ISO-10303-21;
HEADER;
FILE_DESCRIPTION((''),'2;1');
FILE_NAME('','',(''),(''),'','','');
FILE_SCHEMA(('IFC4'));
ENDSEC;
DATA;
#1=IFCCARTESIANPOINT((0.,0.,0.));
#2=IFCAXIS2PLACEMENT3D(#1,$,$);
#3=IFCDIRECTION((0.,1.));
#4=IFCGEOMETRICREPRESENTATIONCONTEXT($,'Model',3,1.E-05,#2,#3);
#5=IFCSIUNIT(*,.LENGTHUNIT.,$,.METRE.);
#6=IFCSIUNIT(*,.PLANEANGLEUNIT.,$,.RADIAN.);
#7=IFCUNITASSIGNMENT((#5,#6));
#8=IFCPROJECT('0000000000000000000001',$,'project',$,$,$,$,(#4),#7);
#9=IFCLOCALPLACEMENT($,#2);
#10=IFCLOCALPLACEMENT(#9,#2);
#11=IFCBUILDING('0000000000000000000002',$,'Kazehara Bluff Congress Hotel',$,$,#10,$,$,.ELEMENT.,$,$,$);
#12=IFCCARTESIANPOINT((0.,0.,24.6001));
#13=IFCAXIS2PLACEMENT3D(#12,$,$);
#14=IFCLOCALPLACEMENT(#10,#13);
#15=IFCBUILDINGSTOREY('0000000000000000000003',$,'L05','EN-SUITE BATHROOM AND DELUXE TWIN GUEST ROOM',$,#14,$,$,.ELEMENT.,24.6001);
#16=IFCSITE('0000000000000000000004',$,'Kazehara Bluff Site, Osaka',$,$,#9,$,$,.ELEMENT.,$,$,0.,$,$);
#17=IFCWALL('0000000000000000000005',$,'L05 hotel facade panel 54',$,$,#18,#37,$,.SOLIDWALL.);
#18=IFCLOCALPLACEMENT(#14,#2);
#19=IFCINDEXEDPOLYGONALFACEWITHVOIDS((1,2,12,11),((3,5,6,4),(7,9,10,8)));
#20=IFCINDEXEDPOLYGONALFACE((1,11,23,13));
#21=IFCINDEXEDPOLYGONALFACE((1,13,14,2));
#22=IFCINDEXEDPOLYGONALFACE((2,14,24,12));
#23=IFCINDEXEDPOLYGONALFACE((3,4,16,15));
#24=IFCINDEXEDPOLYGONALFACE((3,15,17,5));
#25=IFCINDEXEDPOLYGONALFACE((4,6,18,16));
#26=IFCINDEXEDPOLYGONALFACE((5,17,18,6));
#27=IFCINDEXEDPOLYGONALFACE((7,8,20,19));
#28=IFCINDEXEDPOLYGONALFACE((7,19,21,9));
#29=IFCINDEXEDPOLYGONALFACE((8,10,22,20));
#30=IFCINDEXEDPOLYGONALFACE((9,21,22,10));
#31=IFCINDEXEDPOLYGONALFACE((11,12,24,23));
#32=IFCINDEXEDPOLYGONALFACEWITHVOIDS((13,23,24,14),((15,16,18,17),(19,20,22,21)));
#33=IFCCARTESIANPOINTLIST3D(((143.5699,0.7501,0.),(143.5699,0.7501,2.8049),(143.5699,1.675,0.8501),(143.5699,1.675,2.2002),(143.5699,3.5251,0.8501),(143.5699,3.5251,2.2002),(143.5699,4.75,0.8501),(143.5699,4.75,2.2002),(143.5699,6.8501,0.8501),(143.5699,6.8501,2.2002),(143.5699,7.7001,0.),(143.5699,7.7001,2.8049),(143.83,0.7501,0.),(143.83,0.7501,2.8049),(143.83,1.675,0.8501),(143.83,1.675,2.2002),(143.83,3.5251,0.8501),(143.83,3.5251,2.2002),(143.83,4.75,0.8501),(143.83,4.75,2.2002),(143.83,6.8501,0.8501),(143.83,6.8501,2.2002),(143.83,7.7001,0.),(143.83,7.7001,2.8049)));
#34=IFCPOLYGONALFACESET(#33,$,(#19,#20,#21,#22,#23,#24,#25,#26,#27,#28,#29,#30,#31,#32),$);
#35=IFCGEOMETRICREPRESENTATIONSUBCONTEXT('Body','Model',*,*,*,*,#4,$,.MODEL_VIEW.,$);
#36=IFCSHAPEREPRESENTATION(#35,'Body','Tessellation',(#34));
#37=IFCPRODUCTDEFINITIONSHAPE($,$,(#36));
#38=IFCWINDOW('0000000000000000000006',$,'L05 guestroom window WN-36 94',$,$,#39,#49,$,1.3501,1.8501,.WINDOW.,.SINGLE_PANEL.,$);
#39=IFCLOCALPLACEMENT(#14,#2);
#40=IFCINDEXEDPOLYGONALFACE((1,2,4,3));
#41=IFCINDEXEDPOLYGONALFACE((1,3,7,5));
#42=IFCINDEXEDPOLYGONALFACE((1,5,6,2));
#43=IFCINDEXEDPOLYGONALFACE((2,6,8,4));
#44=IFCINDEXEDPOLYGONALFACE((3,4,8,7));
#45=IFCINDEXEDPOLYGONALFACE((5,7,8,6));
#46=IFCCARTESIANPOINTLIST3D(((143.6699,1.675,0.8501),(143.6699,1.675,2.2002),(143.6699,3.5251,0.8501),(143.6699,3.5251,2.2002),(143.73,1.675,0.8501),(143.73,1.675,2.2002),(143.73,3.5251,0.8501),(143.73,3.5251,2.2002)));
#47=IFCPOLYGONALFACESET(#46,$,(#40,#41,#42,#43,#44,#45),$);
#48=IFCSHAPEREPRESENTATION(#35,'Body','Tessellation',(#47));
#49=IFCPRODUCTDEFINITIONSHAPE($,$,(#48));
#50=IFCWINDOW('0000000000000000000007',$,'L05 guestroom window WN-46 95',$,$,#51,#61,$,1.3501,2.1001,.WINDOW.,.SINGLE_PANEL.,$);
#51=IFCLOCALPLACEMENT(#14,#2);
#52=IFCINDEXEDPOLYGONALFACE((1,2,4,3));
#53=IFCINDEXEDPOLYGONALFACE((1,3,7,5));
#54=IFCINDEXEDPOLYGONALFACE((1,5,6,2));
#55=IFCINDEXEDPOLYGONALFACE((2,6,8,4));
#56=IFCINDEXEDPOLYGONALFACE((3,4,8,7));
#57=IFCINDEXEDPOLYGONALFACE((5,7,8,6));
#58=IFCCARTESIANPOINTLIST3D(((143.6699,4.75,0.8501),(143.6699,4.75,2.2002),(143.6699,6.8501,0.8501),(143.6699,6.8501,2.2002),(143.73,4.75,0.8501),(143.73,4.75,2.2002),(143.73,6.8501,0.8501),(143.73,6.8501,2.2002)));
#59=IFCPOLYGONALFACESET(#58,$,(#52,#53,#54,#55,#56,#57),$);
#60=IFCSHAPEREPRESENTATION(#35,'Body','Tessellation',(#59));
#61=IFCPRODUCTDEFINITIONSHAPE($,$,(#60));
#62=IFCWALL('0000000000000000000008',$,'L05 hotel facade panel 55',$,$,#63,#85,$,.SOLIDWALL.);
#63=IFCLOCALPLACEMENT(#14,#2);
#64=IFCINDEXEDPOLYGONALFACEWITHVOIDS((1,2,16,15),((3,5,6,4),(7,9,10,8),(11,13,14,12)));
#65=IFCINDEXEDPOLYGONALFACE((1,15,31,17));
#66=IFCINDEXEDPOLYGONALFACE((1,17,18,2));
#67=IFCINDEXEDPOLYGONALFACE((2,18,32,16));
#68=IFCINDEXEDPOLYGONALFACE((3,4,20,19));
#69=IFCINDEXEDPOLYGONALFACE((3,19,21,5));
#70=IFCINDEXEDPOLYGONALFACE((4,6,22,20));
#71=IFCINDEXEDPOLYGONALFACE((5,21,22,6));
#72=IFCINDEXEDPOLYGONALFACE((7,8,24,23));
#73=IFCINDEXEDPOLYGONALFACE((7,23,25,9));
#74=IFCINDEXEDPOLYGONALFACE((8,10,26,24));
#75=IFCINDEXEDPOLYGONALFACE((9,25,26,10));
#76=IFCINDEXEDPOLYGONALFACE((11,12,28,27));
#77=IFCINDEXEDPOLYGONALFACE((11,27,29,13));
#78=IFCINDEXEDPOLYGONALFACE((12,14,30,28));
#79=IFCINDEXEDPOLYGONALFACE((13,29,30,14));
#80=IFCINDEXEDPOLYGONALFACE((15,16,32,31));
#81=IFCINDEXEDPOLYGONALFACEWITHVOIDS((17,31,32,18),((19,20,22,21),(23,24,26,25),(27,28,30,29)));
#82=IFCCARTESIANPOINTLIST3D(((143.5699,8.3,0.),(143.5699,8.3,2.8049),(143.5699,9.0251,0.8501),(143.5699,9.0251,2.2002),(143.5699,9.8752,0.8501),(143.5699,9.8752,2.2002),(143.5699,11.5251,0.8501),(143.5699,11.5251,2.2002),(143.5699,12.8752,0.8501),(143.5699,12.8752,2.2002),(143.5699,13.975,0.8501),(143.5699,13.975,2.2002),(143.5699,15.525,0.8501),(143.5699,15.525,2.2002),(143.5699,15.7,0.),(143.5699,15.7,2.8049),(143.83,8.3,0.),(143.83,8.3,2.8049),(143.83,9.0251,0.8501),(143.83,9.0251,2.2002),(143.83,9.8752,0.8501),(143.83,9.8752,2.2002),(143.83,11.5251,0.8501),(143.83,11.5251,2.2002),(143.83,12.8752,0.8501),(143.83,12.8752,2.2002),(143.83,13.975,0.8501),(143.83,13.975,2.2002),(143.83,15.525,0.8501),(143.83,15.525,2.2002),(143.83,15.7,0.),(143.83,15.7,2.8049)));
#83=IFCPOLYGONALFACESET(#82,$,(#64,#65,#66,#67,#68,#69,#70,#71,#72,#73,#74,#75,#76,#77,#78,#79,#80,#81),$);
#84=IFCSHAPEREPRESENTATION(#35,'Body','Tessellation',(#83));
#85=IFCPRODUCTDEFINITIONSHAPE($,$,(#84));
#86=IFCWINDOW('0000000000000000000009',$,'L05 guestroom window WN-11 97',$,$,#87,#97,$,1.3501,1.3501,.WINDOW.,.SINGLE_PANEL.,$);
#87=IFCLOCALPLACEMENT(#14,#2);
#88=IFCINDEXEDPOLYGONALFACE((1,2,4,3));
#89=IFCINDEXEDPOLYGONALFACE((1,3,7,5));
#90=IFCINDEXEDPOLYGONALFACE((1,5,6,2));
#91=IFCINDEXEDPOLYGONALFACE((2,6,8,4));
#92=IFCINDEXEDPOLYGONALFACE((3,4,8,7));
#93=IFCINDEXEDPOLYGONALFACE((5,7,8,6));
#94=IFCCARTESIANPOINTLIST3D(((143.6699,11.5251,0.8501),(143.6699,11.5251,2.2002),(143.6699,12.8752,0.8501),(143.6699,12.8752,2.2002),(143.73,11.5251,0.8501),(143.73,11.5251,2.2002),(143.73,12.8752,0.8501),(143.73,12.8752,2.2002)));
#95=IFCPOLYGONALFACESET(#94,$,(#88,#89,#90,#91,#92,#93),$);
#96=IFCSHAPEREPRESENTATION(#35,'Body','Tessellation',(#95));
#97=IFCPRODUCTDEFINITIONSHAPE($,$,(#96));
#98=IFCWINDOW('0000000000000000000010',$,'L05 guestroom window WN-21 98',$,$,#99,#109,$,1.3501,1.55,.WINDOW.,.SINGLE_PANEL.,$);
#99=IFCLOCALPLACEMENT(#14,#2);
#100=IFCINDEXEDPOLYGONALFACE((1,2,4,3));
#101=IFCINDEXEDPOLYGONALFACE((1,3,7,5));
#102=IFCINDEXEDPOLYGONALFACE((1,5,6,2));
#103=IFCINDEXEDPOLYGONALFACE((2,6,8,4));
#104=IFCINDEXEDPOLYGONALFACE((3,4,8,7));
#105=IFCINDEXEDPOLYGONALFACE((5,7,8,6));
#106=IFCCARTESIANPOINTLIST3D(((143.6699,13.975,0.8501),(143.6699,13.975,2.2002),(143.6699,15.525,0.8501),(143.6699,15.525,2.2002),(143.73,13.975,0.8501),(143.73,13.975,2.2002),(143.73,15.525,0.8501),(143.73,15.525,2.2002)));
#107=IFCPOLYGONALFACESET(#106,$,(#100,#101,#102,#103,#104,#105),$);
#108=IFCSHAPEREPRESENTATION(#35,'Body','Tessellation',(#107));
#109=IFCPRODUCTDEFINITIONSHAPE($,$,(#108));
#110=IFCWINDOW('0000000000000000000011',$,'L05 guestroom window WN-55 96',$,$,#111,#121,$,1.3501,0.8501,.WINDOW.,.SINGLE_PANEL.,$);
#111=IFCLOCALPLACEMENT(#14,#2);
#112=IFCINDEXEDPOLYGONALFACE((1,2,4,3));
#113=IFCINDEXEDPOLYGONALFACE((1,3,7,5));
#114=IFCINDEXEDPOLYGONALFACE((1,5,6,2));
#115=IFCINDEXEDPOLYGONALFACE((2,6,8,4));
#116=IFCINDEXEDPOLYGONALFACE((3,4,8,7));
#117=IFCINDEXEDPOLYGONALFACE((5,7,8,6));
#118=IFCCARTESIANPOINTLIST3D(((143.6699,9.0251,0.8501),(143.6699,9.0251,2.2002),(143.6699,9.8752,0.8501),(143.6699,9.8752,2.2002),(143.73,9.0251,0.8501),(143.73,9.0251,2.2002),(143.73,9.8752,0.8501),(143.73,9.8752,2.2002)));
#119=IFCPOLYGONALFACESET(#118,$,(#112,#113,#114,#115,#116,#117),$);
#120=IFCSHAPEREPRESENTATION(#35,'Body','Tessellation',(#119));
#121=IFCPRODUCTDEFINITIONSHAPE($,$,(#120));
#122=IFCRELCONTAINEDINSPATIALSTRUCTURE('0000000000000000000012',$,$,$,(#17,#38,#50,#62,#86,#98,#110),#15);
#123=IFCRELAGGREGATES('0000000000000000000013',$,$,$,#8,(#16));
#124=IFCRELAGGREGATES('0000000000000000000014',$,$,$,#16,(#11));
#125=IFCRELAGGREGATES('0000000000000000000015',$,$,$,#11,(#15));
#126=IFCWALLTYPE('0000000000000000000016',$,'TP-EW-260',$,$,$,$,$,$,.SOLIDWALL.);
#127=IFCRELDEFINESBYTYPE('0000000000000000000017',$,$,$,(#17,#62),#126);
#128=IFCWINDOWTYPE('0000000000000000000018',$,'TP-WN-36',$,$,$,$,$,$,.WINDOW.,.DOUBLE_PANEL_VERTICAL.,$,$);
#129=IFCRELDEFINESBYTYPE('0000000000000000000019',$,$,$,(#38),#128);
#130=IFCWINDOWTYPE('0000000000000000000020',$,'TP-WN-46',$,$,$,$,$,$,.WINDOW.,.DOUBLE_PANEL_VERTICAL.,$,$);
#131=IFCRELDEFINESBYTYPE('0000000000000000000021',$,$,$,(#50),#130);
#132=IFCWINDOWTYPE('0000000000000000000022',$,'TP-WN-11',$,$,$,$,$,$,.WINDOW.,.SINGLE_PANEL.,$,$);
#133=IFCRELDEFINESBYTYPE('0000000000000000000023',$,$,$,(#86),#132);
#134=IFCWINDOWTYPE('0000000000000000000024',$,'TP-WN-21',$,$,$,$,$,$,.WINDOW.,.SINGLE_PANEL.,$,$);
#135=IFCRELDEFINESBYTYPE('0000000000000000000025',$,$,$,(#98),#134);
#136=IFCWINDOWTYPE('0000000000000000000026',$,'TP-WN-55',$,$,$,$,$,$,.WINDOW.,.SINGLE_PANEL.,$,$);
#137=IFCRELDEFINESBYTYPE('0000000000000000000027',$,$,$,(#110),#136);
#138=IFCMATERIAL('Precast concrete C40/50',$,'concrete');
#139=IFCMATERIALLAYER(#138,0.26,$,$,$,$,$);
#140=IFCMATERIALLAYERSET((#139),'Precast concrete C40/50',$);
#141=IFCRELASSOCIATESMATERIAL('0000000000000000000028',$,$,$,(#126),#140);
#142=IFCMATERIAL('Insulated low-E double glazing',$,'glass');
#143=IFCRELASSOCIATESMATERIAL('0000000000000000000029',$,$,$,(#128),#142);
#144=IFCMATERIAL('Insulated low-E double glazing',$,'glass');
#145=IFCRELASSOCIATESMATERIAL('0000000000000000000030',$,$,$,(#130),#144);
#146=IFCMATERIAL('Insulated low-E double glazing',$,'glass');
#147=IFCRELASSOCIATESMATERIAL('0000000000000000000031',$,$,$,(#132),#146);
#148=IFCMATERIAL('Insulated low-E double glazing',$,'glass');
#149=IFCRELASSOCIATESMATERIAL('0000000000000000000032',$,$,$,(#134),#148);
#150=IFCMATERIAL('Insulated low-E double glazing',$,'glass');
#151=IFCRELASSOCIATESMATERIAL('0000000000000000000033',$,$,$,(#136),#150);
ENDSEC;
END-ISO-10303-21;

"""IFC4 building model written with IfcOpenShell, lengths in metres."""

from ifc_helpers import new_model, si_unit, direction, frame, frame_2d, origin, place, context, subcontext, project, spatial, rectangle, extrude, material, layer, layer_set, type_object, element, fill, save


model = new_model("IFC4")

# Units and contexts
model_context = context("Model", 3, precision=1e-05, world=origin(), true_north=direction((0.0, 1.0)))
body_context = subcontext(model_context, "Body", "Model", "MODEL_VIEW")
ifc_project = project(units=[si_unit("LENGTHUNIT", "METRE"), si_unit("PLANEANGLEUNIT", "RADIAN")], contexts=[model_context])

# Site, building, storey
site_placement = place(None, origin())
site = spatial("IfcSite", under=ifc_project, at=site_placement, Name="Kazehara Bluff Site, Osaka", CompositionType="ELEMENT", RefElevation=0.0)
building_placement = place(site_placement, origin())
building = spatial("IfcBuilding", under=site, at=building_placement, Name="Kazehara Bluff Congress Hotel", CompositionType="ELEMENT")
storey_placement = place(building_placement, frame((0.0, 0.0, 24.6001)))
storey = spatial("IfcBuildingStorey", under=building, at=storey_placement, Name="L05", Description="EN-SUITE BATHROOM AND DELUXE TWIN GUEST ROOM", CompositionType="ELEMENT", Elevation=24.6001)

# Walls, openings, windows
ifc_material_1 = material(Name="Precast concrete C40/50", Category="concrete")
ifc_layer_1 = layer(ifc_material_1, 0.26)
ifc_layer_set_1 = layer_set([ifc_layer_1], Name="Precast concrete C40/50")
wall_type_1 = type_object("IfcWallType", Name="TP-EW-260", PredefinedType="SOLIDWALL", material=ifc_layer_set_1)
wall_1_placement = place(storey_placement, frame((143.7, 0.75, 0.0), z_axis=(0.0, 0.0, 1.0), x_axis=(0.0, 1.0, 0.0)))
wall_1 = element("IfcWall", 1, at=wall_1_placement, inside=storey, type_object=wall_type_1, Name="L05 hotel facade panel 54", PredefinedType="SOLIDWALL", context=body_context, shape_type="SweptSolid", body=[
    extrude(rectangle(XDim=6.95, YDim=0.26, at=frame_2d((3.4751, 0.0))), origin(), (0.0, 0.0, 1.0), 2.8049),
])
opening_1_placement = place(wall_1_placement, frame((0.925, 0.0, 0.8501)))
opening_1 = element("IfcOpeningElement", 2, at=opening_1_placement, cuts=wall_1, PredefinedType="OPENING", context=body_context, shape_type="SweptSolid", body=[
    extrude(rectangle(XDim=1.8501, YDim=1.3501, at=frame_2d((0.925, 0.675))), frame((0.0, 0.1399, 0.0), z_axis=(0.0, -1.0, 0.0), x_axis=(1.0, 0.0, 0.0)), (0.0, 0.0, 1.0), 0.28),
])
opening_2_placement = place(wall_1_placement, frame((4.0, 0.0, 0.8501)))
opening_2 = element("IfcOpeningElement", 3, at=opening_2_placement, cuts=wall_1, PredefinedType="OPENING", context=body_context, shape_type="SweptSolid", body=[
    extrude(rectangle(XDim=2.1001, YDim=1.3501, at=frame_2d((1.05, 0.675))), frame((0.0, 0.1399, 0.0), z_axis=(0.0, -1.0, 0.0), x_axis=(1.0, 0.0, 0.0)), (0.0, 0.0, 1.0), 0.28),
])
ifc_material_2 = material(Name="Insulated low-E double glazing", Category="glass")
window_type_1 = type_object("IfcWindowType", Name="TP-WN-36", PartitioningType="DOUBLE_PANEL_VERTICAL", PredefinedType="WINDOW", material=ifc_material_2)
window_1_placement = place(opening_1_placement, origin())
window_1 = element("IfcWindow", 4, at=window_1_placement, inside=storey, type_object=window_type_1, Name="L05 guestroom window WN-36 94", OverallHeight=1.3501, OverallWidth=1.8501, PartitioningType="SINGLE_PANEL", PredefinedType="WINDOW", context=body_context, shape_type="SweptSolid", body=[
    extrude(rectangle(XDim=1.8501, YDim=1.3501, at=frame_2d((0.925, 0.675))), frame((0.0, 0.03, 0.0), z_axis=(0.0, -1.0, 0.0), x_axis=(1.0, 0.0, 0.0)), (0.0, 0.0, 1.0), 0.0601),
])
fill(opening_1, window_1)
ifc_material_3 = material(Name="Insulated low-E double glazing", Category="glass")
window_type_2 = type_object("IfcWindowType", Name="TP-WN-46", PartitioningType="DOUBLE_PANEL_VERTICAL", PredefinedType="WINDOW", material=ifc_material_3)
window_2_placement = place(opening_2_placement, origin())
window_2 = element("IfcWindow", 5, at=window_2_placement, inside=storey, type_object=window_type_2, Name="L05 guestroom window WN-46 95", OverallHeight=1.3501, OverallWidth=2.1001, PartitioningType="SINGLE_PANEL", PredefinedType="WINDOW", context=body_context, shape_type="SweptSolid", body=[
    extrude(rectangle(XDim=2.1001, YDim=1.3501, at=frame_2d((1.05, 0.675))), frame((0.0, 0.03, 0.0), z_axis=(0.0, -1.0, 0.0), x_axis=(1.0, 0.0, 0.0)), (0.0, 0.0, 1.0), 0.0601),
])
fill(opening_2, window_2)
wall_2_placement = place(storey_placement, frame((143.7, 8.3, 0.0), z_axis=(0.0, 0.0, 1.0), x_axis=(0.0, 1.0, 0.0)))
wall_2 = element("IfcWall", 6, at=wall_2_placement, inside=storey, type_object=wall_type_1, Name="L05 hotel facade panel 55", PredefinedType="SOLIDWALL", context=body_context, shape_type="SweptSolid", body=[
    extrude(rectangle(XDim=7.3999, YDim=0.26, at=frame_2d((3.7, 0.0))), origin(), (0.0, 0.0, 1.0), 2.8049),
])
opening_3_placement = place(wall_2_placement, frame((0.7251, 0.0, 0.8501)))
opening_3 = element("IfcOpeningElement", 7, at=opening_3_placement, cuts=wall_2, PredefinedType="OPENING", context=body_context, shape_type="SweptSolid", body=[
    extrude(rectangle(XDim=0.8501, YDim=1.3501, at=frame_2d((0.425, 0.675))), frame((0.0, 0.1399, 0.0), z_axis=(0.0, -1.0, 0.0), x_axis=(1.0, 0.0, 0.0)), (0.0, 0.0, 1.0), 0.28),
])
opening_4_placement = place(wall_2_placement, frame((3.2251, 0.0, 0.8501)))
opening_4 = element("IfcOpeningElement", 8, at=opening_4_placement, cuts=wall_2, PredefinedType="OPENING", context=body_context, shape_type="SweptSolid", body=[
    extrude(rectangle(XDim=1.3501, YDim=1.3501, at=frame_2d((0.675, 0.675))), frame((0.0, 0.1399, 0.0), z_axis=(0.0, -1.0, 0.0), x_axis=(1.0, 0.0, 0.0)), (0.0, 0.0, 1.0), 0.28),
])
opening_5_placement = place(wall_2_placement, frame((5.675, 0.0, 0.8501)))
opening_5 = element("IfcOpeningElement", 9, at=opening_5_placement, cuts=wall_2, PredefinedType="OPENING", context=body_context, shape_type="SweptSolid", body=[
    extrude(rectangle(XDim=1.55, YDim=1.3501, at=frame_2d((0.7749, 0.675))), frame((0.0, 0.1399, 0.0), z_axis=(0.0, -1.0, 0.0), x_axis=(1.0, 0.0, 0.0)), (0.0, 0.0, 1.0), 0.28),
])
ifc_material_4 = material(Name="Insulated low-E double glazing", Category="glass")
window_type_3 = type_object("IfcWindowType", Name="TP-WN-11", PartitioningType="SINGLE_PANEL", PredefinedType="WINDOW", material=ifc_material_4)
window_3_placement = place(opening_4_placement, origin())
window_3 = element("IfcWindow", 10, at=window_3_placement, inside=storey, type_object=window_type_3, Name="L05 guestroom window WN-11 97", OverallHeight=1.3501, OverallWidth=1.3501, PartitioningType="SINGLE_PANEL", PredefinedType="WINDOW", context=body_context, shape_type="SweptSolid", body=[
    extrude(rectangle(XDim=1.3501, YDim=1.3501, at=frame_2d((0.675, 0.675))), frame((0.0, 0.03, 0.0), z_axis=(0.0, -1.0, 0.0), x_axis=(1.0, 0.0, 0.0)), (0.0, 0.0, 1.0), 0.0601),
])
fill(opening_4, window_3)
ifc_material_5 = material(Name="Insulated low-E double glazing", Category="glass")
window_type_4 = type_object("IfcWindowType", Name="TP-WN-21", PartitioningType="SINGLE_PANEL", PredefinedType="WINDOW", material=ifc_material_5)
window_4_placement = place(opening_5_placement, origin())
window_4 = element("IfcWindow", 11, at=window_4_placement, inside=storey, type_object=window_type_4, Name="L05 guestroom window WN-21 98", OverallHeight=1.3501, OverallWidth=1.55, PartitioningType="SINGLE_PANEL", PredefinedType="WINDOW", context=body_context, shape_type="SweptSolid", body=[
    extrude(rectangle(XDim=1.55, YDim=1.3501, at=frame_2d((0.7749, 0.675))), frame((0.0, 0.03, 0.0), z_axis=(0.0, -1.0, 0.0), x_axis=(1.0, 0.0, 0.0)), (0.0, 0.0, 1.0), 0.0601),
])
fill(opening_5, window_4)
ifc_material_6 = material(Name="Insulated low-E double glazing", Category="glass")
window_type_5 = type_object("IfcWindowType", Name="TP-WN-55", PartitioningType="SINGLE_PANEL", PredefinedType="WINDOW", material=ifc_material_6)
window_5_placement = place(opening_3_placement, origin())
window_5 = element("IfcWindow", 12, at=window_5_placement, inside=storey, type_object=window_type_5, Name="L05 guestroom window WN-55 96", OverallHeight=1.3501, OverallWidth=0.8501, PartitioningType="SINGLE_PANEL", PredefinedType="WINDOW", context=body_context, shape_type="SweptSolid", body=[
    extrude(rectangle(XDim=0.8501, YDim=1.3501, at=frame_2d((0.425, 0.675))), frame((0.0, 0.03, 0.0), z_axis=(0.0, -1.0, 0.0), x_axis=(1.0, 0.0, 0.0)), (0.0, 0.0, 1.0), 0.0601),
])
fill(opening_3, window_5)

save(model, "model.ifc")
